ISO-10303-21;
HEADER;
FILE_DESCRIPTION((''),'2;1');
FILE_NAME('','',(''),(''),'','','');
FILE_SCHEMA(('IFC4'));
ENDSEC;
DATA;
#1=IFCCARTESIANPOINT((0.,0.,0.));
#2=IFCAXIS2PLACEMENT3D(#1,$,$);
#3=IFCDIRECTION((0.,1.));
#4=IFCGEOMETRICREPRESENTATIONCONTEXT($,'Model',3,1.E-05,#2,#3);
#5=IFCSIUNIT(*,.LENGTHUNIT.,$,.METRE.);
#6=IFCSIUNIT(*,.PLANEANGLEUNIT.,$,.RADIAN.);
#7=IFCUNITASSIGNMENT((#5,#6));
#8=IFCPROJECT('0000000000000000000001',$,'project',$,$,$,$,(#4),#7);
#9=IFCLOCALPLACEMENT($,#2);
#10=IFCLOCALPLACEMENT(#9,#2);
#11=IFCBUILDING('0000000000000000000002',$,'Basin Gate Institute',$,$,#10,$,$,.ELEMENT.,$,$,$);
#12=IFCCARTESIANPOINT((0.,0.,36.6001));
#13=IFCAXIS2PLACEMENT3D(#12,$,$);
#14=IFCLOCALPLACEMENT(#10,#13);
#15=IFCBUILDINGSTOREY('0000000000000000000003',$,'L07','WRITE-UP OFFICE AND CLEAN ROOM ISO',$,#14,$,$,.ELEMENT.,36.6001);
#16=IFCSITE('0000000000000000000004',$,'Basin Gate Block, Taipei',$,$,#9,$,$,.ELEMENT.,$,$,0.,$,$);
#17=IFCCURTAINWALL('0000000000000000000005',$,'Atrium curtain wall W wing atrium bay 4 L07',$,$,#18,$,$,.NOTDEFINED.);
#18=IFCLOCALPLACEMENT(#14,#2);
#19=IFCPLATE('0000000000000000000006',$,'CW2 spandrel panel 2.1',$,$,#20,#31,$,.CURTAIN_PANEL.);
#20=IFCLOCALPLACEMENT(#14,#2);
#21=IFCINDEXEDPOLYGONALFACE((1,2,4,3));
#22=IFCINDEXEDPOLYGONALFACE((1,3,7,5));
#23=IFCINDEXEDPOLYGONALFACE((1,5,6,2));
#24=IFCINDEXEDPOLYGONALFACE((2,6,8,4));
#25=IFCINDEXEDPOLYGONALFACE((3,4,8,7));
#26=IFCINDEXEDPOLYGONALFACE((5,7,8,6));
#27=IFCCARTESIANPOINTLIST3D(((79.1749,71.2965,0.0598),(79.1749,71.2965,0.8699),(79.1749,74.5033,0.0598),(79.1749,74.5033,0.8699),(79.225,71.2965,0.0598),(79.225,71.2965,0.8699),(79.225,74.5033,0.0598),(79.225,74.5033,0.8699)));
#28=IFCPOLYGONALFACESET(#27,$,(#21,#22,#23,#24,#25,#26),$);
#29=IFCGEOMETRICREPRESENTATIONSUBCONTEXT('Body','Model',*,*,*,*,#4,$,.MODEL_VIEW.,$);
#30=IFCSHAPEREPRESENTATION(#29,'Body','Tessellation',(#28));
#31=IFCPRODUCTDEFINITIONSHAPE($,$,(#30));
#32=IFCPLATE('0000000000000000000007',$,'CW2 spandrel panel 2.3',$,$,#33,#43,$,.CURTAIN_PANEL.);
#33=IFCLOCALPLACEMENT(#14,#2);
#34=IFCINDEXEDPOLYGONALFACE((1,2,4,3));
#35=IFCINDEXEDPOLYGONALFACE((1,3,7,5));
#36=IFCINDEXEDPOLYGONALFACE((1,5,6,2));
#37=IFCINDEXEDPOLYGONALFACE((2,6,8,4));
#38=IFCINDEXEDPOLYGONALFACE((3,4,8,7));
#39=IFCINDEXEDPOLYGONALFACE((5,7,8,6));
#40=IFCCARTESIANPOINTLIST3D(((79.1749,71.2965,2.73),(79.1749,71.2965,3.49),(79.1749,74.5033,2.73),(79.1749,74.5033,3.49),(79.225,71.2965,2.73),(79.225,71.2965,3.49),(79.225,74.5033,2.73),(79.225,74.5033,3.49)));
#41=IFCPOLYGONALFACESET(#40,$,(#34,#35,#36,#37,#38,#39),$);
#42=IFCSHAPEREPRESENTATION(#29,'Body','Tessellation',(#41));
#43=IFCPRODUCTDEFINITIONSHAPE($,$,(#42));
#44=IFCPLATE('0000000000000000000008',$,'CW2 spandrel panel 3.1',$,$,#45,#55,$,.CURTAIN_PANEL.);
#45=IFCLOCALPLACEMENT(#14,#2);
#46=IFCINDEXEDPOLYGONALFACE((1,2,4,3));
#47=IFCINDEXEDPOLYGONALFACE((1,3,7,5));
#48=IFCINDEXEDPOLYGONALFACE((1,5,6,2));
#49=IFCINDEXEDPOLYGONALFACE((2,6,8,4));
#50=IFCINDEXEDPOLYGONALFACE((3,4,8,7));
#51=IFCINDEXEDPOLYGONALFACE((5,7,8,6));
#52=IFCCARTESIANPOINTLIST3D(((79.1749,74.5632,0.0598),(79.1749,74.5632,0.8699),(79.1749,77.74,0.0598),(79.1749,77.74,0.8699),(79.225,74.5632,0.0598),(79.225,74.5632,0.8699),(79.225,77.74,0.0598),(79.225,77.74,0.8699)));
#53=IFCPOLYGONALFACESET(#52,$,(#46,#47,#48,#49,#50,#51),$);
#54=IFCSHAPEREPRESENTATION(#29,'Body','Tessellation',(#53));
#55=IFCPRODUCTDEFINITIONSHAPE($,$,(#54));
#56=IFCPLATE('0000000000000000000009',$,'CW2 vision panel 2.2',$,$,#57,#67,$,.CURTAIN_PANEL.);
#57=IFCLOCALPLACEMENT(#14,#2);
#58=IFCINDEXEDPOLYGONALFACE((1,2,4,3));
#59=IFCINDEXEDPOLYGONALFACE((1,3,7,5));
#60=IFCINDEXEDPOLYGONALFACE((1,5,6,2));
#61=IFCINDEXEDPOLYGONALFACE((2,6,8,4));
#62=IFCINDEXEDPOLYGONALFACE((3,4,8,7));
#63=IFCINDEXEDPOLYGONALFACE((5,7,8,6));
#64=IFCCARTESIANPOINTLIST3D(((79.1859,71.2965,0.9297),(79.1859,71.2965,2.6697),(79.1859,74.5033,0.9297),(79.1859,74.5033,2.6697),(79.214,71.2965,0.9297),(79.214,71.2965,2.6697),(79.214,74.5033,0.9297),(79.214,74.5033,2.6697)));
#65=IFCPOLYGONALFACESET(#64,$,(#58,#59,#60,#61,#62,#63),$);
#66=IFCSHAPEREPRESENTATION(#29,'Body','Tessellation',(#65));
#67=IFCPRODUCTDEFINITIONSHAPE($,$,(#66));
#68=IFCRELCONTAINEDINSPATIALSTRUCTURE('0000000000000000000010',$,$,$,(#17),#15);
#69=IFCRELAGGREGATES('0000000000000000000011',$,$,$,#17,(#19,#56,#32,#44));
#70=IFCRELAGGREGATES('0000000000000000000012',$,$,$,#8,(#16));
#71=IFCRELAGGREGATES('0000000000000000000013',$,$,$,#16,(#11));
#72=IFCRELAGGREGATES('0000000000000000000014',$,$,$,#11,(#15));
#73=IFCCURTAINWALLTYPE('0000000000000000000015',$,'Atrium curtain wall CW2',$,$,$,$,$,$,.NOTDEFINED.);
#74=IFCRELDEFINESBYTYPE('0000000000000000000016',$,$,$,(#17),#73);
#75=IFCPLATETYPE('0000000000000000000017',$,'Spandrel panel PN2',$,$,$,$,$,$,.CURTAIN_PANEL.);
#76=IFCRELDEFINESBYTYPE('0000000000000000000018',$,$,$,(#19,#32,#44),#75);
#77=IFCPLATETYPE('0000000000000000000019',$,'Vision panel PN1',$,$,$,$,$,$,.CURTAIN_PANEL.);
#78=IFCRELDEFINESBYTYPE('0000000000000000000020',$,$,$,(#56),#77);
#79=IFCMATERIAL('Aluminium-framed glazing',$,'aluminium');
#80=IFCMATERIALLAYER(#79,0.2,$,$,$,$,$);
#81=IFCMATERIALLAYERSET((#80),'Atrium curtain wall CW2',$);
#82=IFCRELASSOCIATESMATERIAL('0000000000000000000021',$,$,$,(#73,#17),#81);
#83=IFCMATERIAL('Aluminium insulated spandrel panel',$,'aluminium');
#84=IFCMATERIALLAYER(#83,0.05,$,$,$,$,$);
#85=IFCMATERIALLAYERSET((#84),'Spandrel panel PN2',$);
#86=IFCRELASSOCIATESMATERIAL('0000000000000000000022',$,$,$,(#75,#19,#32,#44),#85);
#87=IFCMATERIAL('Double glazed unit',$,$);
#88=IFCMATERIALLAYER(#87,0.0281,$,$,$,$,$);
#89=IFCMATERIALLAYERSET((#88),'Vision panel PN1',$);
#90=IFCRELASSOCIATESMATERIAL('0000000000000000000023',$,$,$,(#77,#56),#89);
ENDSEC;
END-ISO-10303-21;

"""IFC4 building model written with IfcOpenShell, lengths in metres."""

from ifc_helpers import new_model, si_unit, direction, frame, origin, origin_2d, place, context, subcontext, project, spatial, rectangle, extrude, material, layer, layer_set, type_object, element, aggregate, save


model = new_model("IFC4")

# Units and contexts
model_context = context("Model", 3, precision=1e-05, world=origin(), true_north=direction((0.0, 1.0)))
body_context = subcontext(model_context, "Body", "Model", "MODEL_VIEW")
ifc_project = project(units=[si_unit("LENGTHUNIT", "METRE"), si_unit("PLANEANGLEUNIT", "RADIAN")], contexts=[model_context])

# Site, building, storey
site_placement = place(None, origin())
site = spatial("IfcSite", under=ifc_project, at=site_placement, Name="Basin Gate Block, Taipei", CompositionType="ELEMENT", RefElevation=0.0)
building_placement = place(site_placement, origin())
building = spatial("IfcBuilding", under=site, at=building_placement, Name="Basin Gate Institute", CompositionType="ELEMENT")
storey_placement = place(building_placement, frame((0.0, 0.0, 36.6001)))
storey = spatial("IfcBuildingStorey", under=building, at=storey_placement, Name="L07", Description="WRITE-UP OFFICE AND CLEAN ROOM ISO", CompositionType="ELEMENT", Elevation=36.6001)

# Curtain wall, plates
ifc_material_1 = material(Name="Aluminium-framed glazing", Category="aluminium")
ifc_layer_1 = layer(ifc_material_1, 0.2)
ifc_layer_set_1 = layer_set([ifc_layer_1], Name="Atrium curtain wall CW2")
curtain_wall_type = type_object("IfcCurtainWallType", Name="Atrium curtain wall CW2", PredefinedType="NOTDEFINED", material=ifc_layer_set_1)
curtain_wall_placement = place(storey_placement, origin())
curtain_wall = element("IfcCurtainWall", 1, at=curtain_wall_placement, inside=storey, type_object=curtain_wall_type, material=ifc_layer_set_1, Name="Atrium curtain wall W wing atrium bay 4 L07", PredefinedType="NOTDEFINED")
ifc_material_2 = material(Name="Aluminium insulated spandrel panel", Category="aluminium")
ifc_layer_2 = layer(ifc_material_2, 0.05)
ifc_layer_set_2 = layer_set([ifc_layer_2], Name="Spandrel panel PN2")
plate_type_1 = type_object("IfcPlateType", Name="Spandrel panel PN2", PredefinedType="CURTAIN_PANEL", material=ifc_layer_set_2)
plate_1_placement = place(storey_placement, frame((79.2, 72.8999, 0.0598), z_axis=(0.0, 0.0, 1.0), x_axis=(0.0, 1.0, 0.0)))
plate_1 = element("IfcPlate", 2, at=plate_1_placement, type_object=plate_type_1, material=ifc_layer_set_2, Name="CW2 spandrel panel 2.1", PredefinedType="CURTAIN_PANEL", context=body_context, shape_type="SweptSolid", body=[
    extrude(rectangle(XDim=3.2068, YDim=0.05, at=origin_2d()), origin(), (0.0, 0.0, 1.0), 0.8101),
])
plate_2_placement = place(storey_placement, frame((79.2, 72.8999, 2.73), z_axis=(0.0, 0.0, 1.0), x_axis=(0.0, 1.0, 0.0)))
plate_2 = element("IfcPlate", 3, at=plate_2_placement, type_object=plate_type_1, material=ifc_layer_set_2, Name="CW2 spandrel panel 2.3", PredefinedType="CURTAIN_PANEL", context=body_context, shape_type="SweptSolid", body=[
    extrude(rectangle(XDim=3.2068, YDim=0.05, at=origin_2d()), origin(), (0.0, 0.0, 1.0), 0.76),
])
plate_3_placement = place(storey_placement, frame((79.2, 76.1516, 0.0598), z_axis=(0.0, 0.0, 1.0), x_axis=(0.0, 1.0, 0.0)))
plate_3 = element("IfcPlate", 4, at=plate_3_placement, type_object=plate_type_1, material=ifc_layer_set_2, Name="CW2 spandrel panel 3.1", PredefinedType="CURTAIN_PANEL", context=body_context, shape_type="SweptSolid", body=[
    extrude(rectangle(XDim=3.1768, YDim=0.05, at=origin_2d()), origin(), (0.0, 0.0, 1.0), 0.8101),
])
ifc_material_3 = material(Name="Double glazed unit")
ifc_layer_3 = layer(ifc_material_3, 0.0281)
ifc_layer_set_3 = layer_set([ifc_layer_3], Name="Vision panel PN1")
plate_type_2 = type_object("IfcPlateType", Name="Vision panel PN1", PredefinedType="CURTAIN_PANEL", material=ifc_layer_set_3)
plate_4_placement = place(storey_placement, frame((79.2, 72.8999, 0.9297), z_axis=(0.0, 0.0, 1.0), x_axis=(0.0, 1.0, 0.0)))
plate_4 = element("IfcPlate", 5, at=plate_4_placement, type_object=plate_type_2, material=ifc_layer_set_3, Name="CW2 vision panel 2.2", PredefinedType="CURTAIN_PANEL", context=body_context, shape_type="SweptSolid", body=[
    extrude(rectangle(XDim=3.2068, YDim=0.0281, at=origin_2d()), origin(), (0.0, 0.0, 1.0), 1.74),
])
aggregate(curtain_wall, [plate_1, plate_4, plate_2, plate_3])

save(model, "model.ifc")
